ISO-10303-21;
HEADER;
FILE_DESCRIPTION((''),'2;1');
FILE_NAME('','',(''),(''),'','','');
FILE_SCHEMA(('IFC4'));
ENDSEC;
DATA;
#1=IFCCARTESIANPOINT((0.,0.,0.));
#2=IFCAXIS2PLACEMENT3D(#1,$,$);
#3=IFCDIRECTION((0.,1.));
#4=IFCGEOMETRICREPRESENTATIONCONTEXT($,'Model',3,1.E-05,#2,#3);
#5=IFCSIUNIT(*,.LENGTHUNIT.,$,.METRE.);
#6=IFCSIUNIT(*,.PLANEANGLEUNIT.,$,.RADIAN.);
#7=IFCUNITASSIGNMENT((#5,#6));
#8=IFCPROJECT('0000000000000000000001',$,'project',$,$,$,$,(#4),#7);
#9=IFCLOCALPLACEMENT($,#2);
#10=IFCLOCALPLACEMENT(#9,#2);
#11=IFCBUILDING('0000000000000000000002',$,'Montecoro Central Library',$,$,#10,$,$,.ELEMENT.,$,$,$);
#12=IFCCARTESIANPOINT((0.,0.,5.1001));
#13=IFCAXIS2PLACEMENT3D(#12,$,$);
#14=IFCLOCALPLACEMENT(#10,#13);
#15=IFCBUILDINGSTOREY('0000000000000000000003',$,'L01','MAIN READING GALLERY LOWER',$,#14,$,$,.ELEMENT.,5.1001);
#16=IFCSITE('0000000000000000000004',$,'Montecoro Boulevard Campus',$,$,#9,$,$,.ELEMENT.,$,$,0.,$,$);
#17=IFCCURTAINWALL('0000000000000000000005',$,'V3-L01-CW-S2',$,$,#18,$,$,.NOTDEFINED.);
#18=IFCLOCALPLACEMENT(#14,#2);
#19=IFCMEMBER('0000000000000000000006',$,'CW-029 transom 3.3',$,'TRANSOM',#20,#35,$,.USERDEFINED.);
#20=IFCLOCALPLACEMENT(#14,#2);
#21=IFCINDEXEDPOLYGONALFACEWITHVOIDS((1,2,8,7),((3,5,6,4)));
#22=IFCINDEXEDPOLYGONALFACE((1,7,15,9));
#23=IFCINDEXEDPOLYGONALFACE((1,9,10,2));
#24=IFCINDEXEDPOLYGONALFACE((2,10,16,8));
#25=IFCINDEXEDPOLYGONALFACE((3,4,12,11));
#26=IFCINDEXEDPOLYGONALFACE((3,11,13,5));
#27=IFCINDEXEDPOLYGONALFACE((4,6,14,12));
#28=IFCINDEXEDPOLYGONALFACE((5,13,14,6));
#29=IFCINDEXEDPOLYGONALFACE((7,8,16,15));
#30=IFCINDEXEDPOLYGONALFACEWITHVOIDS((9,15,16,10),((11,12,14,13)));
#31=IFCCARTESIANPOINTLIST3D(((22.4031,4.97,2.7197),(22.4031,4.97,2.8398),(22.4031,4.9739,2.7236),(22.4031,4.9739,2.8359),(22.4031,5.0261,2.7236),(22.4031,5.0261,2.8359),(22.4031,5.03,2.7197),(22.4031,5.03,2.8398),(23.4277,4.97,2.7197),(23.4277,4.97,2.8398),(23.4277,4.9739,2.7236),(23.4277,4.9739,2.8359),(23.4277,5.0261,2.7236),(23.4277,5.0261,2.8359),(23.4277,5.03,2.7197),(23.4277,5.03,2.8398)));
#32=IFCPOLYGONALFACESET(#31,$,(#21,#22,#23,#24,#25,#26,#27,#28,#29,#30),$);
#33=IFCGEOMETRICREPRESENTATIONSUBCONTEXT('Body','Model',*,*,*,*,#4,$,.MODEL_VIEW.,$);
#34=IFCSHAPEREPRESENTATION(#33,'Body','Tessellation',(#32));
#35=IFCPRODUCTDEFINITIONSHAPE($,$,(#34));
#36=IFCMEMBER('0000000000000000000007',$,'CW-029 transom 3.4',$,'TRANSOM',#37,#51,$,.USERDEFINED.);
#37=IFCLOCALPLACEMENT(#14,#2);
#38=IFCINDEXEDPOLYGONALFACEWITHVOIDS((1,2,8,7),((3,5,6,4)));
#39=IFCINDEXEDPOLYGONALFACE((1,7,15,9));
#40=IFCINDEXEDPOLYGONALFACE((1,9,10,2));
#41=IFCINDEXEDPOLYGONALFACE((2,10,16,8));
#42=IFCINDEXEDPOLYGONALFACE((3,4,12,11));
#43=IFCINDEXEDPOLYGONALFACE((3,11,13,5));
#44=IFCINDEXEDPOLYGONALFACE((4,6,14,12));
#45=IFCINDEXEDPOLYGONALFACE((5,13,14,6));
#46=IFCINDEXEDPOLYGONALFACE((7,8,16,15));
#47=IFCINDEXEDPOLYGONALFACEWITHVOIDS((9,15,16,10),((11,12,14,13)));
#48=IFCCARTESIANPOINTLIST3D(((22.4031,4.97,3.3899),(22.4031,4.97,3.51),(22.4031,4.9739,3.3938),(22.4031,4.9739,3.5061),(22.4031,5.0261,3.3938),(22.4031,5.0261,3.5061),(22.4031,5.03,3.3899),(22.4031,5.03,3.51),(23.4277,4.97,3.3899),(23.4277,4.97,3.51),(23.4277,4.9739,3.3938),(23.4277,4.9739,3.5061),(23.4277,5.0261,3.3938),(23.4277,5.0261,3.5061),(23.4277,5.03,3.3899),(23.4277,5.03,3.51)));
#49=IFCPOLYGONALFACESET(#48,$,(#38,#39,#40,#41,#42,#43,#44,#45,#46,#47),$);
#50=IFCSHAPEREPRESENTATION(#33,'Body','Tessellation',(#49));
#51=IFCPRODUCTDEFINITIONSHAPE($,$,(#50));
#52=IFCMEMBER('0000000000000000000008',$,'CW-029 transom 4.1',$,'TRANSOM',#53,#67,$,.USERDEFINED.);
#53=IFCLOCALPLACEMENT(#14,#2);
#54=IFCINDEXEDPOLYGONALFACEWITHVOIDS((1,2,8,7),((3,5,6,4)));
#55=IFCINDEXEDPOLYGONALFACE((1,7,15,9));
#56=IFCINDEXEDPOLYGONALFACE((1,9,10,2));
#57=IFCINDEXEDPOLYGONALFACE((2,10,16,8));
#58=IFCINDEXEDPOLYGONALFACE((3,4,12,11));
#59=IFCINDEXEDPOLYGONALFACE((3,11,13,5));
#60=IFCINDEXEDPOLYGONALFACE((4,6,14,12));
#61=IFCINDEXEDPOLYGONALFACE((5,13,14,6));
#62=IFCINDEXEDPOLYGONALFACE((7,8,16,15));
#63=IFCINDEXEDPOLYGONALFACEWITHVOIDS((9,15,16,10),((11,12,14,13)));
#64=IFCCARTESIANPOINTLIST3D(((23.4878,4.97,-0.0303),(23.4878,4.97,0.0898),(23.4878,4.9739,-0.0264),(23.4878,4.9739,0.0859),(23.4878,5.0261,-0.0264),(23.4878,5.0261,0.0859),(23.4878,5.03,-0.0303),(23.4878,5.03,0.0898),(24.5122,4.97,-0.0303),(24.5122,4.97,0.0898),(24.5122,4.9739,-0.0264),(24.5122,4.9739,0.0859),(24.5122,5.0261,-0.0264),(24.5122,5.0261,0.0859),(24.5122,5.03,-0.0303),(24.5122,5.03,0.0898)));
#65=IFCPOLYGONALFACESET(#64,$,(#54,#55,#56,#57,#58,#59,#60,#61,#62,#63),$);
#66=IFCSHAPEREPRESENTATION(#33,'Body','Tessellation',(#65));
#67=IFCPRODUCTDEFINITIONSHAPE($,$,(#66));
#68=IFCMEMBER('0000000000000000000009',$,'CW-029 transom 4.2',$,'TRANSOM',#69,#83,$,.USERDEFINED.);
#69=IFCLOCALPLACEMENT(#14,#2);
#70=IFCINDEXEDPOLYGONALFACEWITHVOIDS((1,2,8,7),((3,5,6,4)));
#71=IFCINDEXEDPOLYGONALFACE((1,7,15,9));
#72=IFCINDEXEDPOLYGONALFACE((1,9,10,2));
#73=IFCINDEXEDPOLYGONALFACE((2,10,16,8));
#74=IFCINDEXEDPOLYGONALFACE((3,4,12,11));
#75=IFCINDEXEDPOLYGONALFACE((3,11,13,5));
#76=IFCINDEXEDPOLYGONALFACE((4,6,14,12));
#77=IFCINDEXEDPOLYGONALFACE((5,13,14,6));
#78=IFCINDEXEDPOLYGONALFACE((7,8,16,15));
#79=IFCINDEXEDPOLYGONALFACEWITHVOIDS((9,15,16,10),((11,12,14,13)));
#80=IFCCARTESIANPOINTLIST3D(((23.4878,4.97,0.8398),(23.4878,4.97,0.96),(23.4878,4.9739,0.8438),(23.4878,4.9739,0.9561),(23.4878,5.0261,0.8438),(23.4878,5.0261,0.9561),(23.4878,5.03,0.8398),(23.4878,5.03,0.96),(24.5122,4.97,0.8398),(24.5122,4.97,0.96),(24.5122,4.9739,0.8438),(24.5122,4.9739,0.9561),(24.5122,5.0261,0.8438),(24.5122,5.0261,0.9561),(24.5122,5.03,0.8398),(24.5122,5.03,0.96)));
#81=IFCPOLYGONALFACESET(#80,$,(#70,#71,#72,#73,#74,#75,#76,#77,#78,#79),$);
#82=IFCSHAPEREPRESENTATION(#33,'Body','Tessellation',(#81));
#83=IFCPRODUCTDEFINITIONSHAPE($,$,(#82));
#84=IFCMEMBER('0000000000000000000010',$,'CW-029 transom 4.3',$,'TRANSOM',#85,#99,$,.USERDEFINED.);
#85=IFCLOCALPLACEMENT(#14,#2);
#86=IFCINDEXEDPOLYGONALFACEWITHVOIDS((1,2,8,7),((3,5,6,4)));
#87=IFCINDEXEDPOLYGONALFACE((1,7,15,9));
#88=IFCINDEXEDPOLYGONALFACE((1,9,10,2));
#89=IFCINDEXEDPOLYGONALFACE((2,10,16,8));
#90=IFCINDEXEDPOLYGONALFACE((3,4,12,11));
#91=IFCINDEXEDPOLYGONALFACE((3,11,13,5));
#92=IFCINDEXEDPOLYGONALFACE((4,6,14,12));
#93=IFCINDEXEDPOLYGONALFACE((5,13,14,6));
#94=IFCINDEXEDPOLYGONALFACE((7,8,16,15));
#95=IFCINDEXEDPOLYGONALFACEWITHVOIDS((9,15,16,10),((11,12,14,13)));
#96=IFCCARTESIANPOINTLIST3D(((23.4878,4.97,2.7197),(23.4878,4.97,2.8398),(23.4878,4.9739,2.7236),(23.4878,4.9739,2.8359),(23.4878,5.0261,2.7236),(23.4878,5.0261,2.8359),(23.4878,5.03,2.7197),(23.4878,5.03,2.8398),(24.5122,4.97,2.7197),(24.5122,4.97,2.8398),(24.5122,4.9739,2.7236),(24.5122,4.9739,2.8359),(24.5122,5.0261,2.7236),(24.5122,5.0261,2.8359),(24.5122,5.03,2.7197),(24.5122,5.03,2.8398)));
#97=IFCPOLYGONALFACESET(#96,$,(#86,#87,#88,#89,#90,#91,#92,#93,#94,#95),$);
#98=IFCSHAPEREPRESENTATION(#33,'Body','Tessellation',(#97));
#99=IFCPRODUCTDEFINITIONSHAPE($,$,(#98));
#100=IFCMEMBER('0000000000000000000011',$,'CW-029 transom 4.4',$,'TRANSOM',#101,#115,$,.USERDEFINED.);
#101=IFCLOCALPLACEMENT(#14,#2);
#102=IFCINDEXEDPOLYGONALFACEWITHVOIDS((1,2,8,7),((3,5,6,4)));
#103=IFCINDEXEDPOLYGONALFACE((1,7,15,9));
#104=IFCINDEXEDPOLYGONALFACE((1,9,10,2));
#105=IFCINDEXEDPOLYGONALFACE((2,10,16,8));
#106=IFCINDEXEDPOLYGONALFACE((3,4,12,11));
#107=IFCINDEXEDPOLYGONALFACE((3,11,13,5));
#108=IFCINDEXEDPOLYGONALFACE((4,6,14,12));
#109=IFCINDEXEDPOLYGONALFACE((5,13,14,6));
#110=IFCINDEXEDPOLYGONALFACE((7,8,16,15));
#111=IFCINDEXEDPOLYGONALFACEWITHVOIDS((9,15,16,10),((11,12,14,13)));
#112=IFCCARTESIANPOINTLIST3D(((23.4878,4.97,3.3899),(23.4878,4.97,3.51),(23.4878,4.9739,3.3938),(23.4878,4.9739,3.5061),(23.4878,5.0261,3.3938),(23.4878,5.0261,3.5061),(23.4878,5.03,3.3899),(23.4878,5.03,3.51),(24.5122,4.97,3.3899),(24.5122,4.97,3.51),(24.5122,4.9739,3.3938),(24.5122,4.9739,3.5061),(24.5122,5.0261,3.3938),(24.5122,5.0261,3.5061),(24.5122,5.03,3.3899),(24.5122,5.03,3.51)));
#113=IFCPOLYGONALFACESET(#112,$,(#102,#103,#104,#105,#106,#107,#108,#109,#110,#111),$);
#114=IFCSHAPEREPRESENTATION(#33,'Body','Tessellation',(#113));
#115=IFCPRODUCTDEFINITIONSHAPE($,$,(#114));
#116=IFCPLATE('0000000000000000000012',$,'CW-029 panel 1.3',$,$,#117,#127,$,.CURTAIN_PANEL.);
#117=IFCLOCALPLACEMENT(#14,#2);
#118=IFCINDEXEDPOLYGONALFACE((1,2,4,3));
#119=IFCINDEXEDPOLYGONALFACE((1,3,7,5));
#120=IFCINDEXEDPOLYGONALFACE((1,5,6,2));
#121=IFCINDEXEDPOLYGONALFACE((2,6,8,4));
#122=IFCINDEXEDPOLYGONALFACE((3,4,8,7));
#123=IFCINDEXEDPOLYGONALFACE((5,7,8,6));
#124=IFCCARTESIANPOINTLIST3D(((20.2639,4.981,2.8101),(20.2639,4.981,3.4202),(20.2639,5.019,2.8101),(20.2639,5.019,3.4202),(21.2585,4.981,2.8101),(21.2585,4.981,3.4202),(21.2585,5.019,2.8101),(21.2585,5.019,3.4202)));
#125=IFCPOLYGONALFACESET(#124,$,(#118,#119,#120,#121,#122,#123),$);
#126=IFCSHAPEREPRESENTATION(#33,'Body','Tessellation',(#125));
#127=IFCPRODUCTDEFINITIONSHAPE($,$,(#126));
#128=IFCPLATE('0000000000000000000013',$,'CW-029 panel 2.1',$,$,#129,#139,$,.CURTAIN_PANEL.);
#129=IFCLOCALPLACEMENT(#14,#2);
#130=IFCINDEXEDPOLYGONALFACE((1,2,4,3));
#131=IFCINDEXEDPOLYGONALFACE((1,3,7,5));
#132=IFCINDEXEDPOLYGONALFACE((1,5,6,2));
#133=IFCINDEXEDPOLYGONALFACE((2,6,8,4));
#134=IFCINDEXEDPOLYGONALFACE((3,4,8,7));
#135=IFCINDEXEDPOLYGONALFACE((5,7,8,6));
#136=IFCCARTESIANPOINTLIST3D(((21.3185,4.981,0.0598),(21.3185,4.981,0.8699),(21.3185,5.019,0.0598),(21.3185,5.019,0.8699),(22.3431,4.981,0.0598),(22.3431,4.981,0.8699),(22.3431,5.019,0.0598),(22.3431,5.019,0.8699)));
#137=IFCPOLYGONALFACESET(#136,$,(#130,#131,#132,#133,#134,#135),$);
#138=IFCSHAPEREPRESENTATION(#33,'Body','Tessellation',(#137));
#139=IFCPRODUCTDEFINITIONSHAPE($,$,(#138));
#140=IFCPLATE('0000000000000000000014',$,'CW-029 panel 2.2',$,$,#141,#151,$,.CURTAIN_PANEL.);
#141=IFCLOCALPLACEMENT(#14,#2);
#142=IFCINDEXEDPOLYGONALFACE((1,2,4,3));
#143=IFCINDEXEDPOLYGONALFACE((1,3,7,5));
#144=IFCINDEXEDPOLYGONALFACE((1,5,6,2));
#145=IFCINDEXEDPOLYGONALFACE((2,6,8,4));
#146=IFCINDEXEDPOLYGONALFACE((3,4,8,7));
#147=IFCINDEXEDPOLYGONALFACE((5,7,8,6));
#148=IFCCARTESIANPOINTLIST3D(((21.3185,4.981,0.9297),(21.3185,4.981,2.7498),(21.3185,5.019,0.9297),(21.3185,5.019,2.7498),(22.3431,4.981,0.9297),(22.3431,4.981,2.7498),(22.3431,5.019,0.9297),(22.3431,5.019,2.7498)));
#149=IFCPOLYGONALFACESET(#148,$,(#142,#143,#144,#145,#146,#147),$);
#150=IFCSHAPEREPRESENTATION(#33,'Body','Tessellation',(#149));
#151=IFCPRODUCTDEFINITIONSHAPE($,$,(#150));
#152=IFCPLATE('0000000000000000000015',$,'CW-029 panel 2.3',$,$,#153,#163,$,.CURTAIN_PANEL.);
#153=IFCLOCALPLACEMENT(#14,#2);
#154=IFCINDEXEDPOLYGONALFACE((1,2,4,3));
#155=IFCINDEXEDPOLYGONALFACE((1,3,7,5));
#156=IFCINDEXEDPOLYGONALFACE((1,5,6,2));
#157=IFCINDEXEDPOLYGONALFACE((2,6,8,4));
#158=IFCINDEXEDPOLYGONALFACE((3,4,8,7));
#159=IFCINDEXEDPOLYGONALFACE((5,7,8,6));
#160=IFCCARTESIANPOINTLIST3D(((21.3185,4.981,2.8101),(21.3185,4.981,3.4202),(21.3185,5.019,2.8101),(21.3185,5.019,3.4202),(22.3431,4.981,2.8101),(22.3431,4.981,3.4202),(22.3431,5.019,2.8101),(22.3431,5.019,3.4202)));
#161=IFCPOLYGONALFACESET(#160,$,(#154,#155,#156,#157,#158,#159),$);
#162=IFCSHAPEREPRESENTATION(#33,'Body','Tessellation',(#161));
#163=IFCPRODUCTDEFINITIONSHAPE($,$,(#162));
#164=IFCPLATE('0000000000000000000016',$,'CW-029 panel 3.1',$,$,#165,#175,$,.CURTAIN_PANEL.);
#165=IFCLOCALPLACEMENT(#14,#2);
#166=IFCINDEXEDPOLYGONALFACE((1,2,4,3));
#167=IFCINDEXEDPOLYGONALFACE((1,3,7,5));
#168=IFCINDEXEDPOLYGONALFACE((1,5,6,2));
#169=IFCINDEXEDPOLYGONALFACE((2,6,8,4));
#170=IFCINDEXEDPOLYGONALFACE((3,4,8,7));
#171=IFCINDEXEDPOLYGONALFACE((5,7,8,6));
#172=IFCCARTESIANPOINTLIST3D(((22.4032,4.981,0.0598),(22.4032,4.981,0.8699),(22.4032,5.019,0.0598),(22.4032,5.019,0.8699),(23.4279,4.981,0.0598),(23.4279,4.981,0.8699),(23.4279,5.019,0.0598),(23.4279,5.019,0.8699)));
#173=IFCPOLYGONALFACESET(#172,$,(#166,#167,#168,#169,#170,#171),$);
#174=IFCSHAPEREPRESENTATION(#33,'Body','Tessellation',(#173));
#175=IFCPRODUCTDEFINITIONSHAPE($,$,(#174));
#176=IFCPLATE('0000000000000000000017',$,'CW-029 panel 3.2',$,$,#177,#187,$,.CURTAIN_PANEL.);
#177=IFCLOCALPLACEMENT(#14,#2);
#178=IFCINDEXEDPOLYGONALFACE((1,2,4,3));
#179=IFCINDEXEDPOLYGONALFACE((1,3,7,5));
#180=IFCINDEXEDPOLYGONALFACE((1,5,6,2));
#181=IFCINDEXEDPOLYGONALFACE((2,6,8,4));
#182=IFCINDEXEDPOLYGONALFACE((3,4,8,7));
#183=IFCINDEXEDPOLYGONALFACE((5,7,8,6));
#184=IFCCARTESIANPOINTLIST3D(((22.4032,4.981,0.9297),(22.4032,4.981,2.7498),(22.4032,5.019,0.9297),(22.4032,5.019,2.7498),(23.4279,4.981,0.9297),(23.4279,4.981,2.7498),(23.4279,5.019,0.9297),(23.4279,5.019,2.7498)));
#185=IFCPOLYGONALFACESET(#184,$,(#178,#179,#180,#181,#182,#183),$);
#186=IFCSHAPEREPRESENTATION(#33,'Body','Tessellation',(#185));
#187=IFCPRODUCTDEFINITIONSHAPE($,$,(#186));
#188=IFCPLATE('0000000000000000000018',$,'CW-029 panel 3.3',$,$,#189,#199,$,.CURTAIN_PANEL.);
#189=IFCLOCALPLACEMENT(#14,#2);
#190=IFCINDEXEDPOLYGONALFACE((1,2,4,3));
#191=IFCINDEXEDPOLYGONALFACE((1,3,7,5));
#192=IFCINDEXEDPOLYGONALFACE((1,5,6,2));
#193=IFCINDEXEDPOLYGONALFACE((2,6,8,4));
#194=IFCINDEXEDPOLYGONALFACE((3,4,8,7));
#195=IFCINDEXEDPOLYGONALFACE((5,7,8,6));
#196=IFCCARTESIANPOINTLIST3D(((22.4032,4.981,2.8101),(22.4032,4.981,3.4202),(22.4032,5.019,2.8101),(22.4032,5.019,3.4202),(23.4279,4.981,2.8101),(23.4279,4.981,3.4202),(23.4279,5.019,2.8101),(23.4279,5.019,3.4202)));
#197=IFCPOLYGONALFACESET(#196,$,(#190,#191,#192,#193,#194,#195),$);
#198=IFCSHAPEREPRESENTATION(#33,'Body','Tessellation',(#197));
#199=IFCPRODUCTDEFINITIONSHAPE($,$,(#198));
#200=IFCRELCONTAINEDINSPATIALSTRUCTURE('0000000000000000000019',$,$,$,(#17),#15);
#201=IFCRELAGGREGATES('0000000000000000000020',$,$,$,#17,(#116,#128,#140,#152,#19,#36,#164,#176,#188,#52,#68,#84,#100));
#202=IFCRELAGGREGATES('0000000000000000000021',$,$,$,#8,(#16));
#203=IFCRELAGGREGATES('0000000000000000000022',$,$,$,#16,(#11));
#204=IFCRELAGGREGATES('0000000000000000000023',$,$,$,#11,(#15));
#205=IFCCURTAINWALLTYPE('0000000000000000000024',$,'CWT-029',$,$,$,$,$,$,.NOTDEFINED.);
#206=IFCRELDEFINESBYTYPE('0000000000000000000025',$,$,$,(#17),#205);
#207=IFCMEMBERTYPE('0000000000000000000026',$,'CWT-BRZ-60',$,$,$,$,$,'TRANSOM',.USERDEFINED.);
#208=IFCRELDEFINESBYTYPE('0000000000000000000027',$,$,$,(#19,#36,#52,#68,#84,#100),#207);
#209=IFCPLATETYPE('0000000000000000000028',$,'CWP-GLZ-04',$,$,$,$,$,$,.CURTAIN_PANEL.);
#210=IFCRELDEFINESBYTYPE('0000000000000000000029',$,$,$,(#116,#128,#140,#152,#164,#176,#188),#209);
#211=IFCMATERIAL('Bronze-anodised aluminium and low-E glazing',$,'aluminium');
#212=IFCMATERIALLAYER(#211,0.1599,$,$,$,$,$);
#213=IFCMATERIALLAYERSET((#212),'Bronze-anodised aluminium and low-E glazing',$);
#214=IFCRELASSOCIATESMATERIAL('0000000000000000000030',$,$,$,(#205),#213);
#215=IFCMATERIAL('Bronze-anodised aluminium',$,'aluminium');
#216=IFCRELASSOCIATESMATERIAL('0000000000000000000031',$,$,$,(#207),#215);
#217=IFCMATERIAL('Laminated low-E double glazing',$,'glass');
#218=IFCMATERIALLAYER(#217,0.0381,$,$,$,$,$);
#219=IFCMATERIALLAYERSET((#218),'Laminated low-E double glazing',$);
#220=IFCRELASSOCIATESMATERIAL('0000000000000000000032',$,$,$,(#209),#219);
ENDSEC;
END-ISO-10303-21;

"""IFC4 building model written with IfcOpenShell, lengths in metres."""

from ifc_helpers import new_model, si_unit, direction, frame, origin, origin_2d, place, context, subcontext, project, spatial, rectangle, hollow_rectangle, extrude, material, layer, layer_set, material_profile, profile_set, type_object, element, aggregate, save


model = new_model("IFC4")

# Units and contexts
model_context = context("Model", 3, precision=1e-05, world=origin(), true_north=direction((0.0, 1.0)))
body_context = subcontext(model_context, "Body", "Model", "MODEL_VIEW")
ifc_project = project(units=[si_unit("LENGTHUNIT", "METRE"), si_unit("PLANEANGLEUNIT", "RADIAN")], contexts=[model_context])

# Site, building, storey
site_placement = place(None, origin())
site = spatial("IfcSite", under=ifc_project, at=site_placement, Name="Montecoro Boulevard Campus", CompositionType="ELEMENT", RefElevation=0.0)
building_placement = place(site_placement, origin())
building = spatial("IfcBuilding", under=site, at=building_placement, Name="Montecoro Central Library", CompositionType="ELEMENT")
storey_placement = place(building_placement, frame((0.0, 0.0, 5.1001)))
storey = spatial("IfcBuildingStorey", under=building, at=storey_placement, Name="L01", Description="MAIN READING GALLERY LOWER", CompositionType="ELEMENT", Elevation=5.1001)

# Curtain wall, members, plates
ifc_material_1 = material(Name="Bronze-anodised aluminium and low-E glazing", Category="aluminium")
ifc_layer_1 = layer(ifc_material_1, 0.1599)
ifc_layer_set_1 = layer_set([ifc_layer_1], Name="Bronze-anodised aluminium and low-E glazing")
curtain_wall_type = type_object("IfcCurtainWallType", Name="CWT-029", PredefinedType="NOTDEFINED", material=ifc_layer_set_1)
curtain_wall_placement = place(storey_placement, origin())
curtain_wall = element("IfcCurtainWall", 1, at=curtain_wall_placement, inside=storey, type_object=curtain_wall_type, Name="V3-L01-CW-S2", PredefinedType="NOTDEFINED")
ifc_material_2 = material(Name="Bronze-anodised aluminium", Category="aluminium")
ifc_material_profile_1 = material_profile(ifc_material_2, hollow_rectangle(XDim=0.0601, YDim=0.1201, WallThickness=0.0039, at=origin_2d()), Name="CWT 120x60x4.0")
ifc_profile_set_1 = profile_set([ifc_material_profile_1], Name="Bronze-anodised aluminium")
member_type_1 = type_object("IfcMemberType", Name="CWT-BRZ-60", ElementType="TRANSOM", PredefinedType="USERDEFINED", material=ifc_profile_set_1)
member_1_placement = place(storey_placement, frame((22.4031, 5.0, 2.7798), z_axis=(1.0, 0.0, 0.0), x_axis=(0.0, 1.0, 0.0)))
member_1 = element("IfcMember", 2, at=member_1_placement, type_object=member_type_1, Name="CW-029 transom 3.3", ObjectType="TRANSOM", PredefinedType="USERDEFINED", context=body_context, shape_type="SweptSolid", body=[
    extrude(hollow_rectangle(XDim=0.0601, YDim=0.1201, WallThickness=0.0039, at=origin_2d()), origin(), (0.0, 0.0, 1.0), 1.0247),
])
member_2_placement = place(storey_placement, frame((22.4031, 5.0, 3.45), z_axis=(1.0, 0.0, 0.0), x_axis=(0.0, 1.0, 0.0)))
member_2 = element("IfcMember", 3, at=member_2_placement, type_object=member_type_1, Name="CW-029 transom 3.4", ObjectType="TRANSOM", PredefinedType="USERDEFINED", context=body_context, shape_type="SweptSolid", body=[
    extrude(hollow_rectangle(XDim=0.0601, YDim=0.1201, WallThickness=0.0039, at=origin_2d()), origin(), (0.0, 0.0, 1.0), 1.0247),
])
member_3_placement = place(storey_placement, frame((23.4878, 5.0, 0.0298), z_axis=(1.0, 0.0, 0.0), x_axis=(0.0, 1.0, 0.0)))
member_3 = element("IfcMember", 4, at=member_3_placement, type_object=member_type_1, Name="CW-029 transom 4.1", ObjectType="TRANSOM", PredefinedType="USERDEFINED", context=body_context, shape_type="SweptSolid", body=[
    extrude(hollow_rectangle(XDim=0.0601, YDim=0.1201, WallThickness=0.0039, at=origin_2d()), origin(), (0.0, 0.0, 1.0), 1.0244),
])
member_4_placement = place(storey_placement, frame((23.4878, 5.0, 0.8999), z_axis=(1.0, 0.0, 0.0), x_axis=(0.0, 1.0, 0.0)))
member_4 = element("IfcMember", 5, at=member_4_placement, type_object=member_type_1, Name="CW-029 transom 4.2", ObjectType="TRANSOM", PredefinedType="USERDEFINED", context=body_context, shape_type="SweptSolid", body=[
    extrude(hollow_rectangle(XDim=0.0601, YDim=0.1201, WallThickness=0.0039, at=origin_2d()), origin(), (0.0, 0.0, 1.0), 1.0244),
])
member_5_placement = place(storey_placement, frame((23.4878, 5.0, 2.7798), z_axis=(1.0, 0.0, 0.0), x_axis=(0.0, 1.0, 0.0)))
member_5 = element("IfcMember", 6, at=member_5_placement, type_object=member_type_1, Name="CW-029 transom 4.3", ObjectType="TRANSOM", PredefinedType="USERDEFINED", context=body_context, shape_type="SweptSolid", body=[
    extrude(hollow_rectangle(XDim=0.0601, YDim=0.1201, WallThickness=0.0039, at=origin_2d()), origin(), (0.0, 0.0, 1.0), 1.0244),
])
member_6_placement = place(storey_placement, frame((23.4878, 5.0, 3.45), z_axis=(1.0, 0.0, 0.0), x_axis=(0.0, 1.0, 0.0)))
member_6 = element("IfcMember", 7, at=member_6_placement, type_object=member_type_1, Name="CW-029 transom 4.4", ObjectType="TRANSOM", PredefinedType="USERDEFINED", context=body_context, shape_type="SweptSolid", body=[
    extrude(hollow_rectangle(XDim=0.0601, YDim=0.1201, WallThickness=0.0039, at=origin_2d()), origin(), (0.0, 0.0, 1.0), 1.0244),
])
ifc_material_3 = material(Name="Laminated low-E double glazing", Category="glass")
ifc_layer_2 = layer(ifc_material_3, 0.0381)
ifc_layer_set_2 = layer_set([ifc_layer_2], Name="Laminated low-E double glazing")
plate_type = type_object("IfcPlateType", Name="CWP-GLZ-04", PredefinedType="CURTAIN_PANEL", material=ifc_layer_set_2)
plate_1_placement = place(storey_placement, frame((20.7612, 5.0, 2.8101), z_axis=(0.0, 0.0, 1.0), x_axis=(1.0, 0.0, 0.0)))
plate_1 = element("IfcPlate", 8, at=plate_1_placement, type_object=plate_type, Name="CW-029 panel 1.3", PredefinedType="CURTAIN_PANEL", context=body_context, shape_type="SweptSolid", body=[
    extrude(rectangle(XDim=0.9946, YDim=0.0381, at=origin_2d()), origin(), (0.0, 0.0, 1.0), 0.6101),
])
plate_2_placement = place(storey_placement, frame((21.8308, 5.0, 0.0598), z_axis=(0.0, 0.0, 1.0), x_axis=(1.0, 0.0, 0.0)))
plate_2 = element("IfcPlate", 9, at=plate_2_placement, type_object=plate_type, Name="CW-029 panel 2.1", PredefinedType="CURTAIN_PANEL", context=body_context, shape_type="SweptSolid", body=[
    extrude(rectangle(XDim=1.0247, YDim=0.0381, at=origin_2d()), origin(), (0.0, 0.0, 1.0), 0.8101),
])
plate_3_placement = place(storey_placement, frame((21.8308, 5.0, 0.9297), z_axis=(0.0, 0.0, 1.0), x_axis=(1.0, 0.0, 0.0)))
plate_3 = element("IfcPlate", 10, at=plate_3_placement, type_object=plate_type, Name="CW-029 panel 2.2", PredefinedType="CURTAIN_PANEL", context=body_context, shape_type="SweptSolid", body=[
    extrude(rectangle(XDim=1.0247, YDim=0.0381, at=origin_2d()), origin(), (0.0, 0.0, 1.0), 1.8201),
])
plate_4_placement = place(storey_placement, frame((21.8308, 5.0, 2.8101), z_axis=(0.0, 0.0, 1.0), x_axis=(1.0, 0.0, 0.0)))
plate_4 = element("IfcPlate", 11, at=plate_4_placement, type_object=plate_type, Name="CW-029 panel 2.3", PredefinedType="CURTAIN_PANEL", context=body_context, shape_type="SweptSolid", body=[
    extrude(rectangle(XDim=1.0247, YDim=0.0381, at=origin_2d()), origin(), (0.0, 0.0, 1.0), 0.6101),
])
plate_5_placement = place(storey_placement, frame((22.9155, 5.0, 0.0598), z_axis=(0.0, 0.0, 1.0), x_axis=(1.0, 0.0, 0.0)))
plate_5 = element("IfcPlate", 12, at=plate_5_placement, type_object=plate_type, Name="CW-029 panel 3.1", PredefinedType="CURTAIN_PANEL", context=body_context, shape_type="SweptSolid", body=[
    extrude(rectangle(XDim=1.0247, YDim=0.0381, at=origin_2d()), origin(), (0.0, 0.0, 1.0), 0.8101),
])
plate_6_placement = place(storey_placement, frame((22.9155, 5.0, 0.9297), z_axis=(0.0, 0.0, 1.0), x_axis=(1.0, 0.0, 0.0)))
plate_6 = element("IfcPlate", 13, at=plate_6_placement, type_object=plate_type, Name="CW-029 panel 3.2", PredefinedType="CURTAIN_PANEL", context=body_context, shape_type="SweptSolid", body=[
    extrude(rectangle(XDim=1.0247, YDim=0.0381, at=origin_2d()), origin(), (0.0, 0.0, 1.0), 1.8201),
])
plate_7_placement = place(storey_placement, frame((22.9155, 5.0, 2.8101), z_axis=(0.0, 0.0, 1.0), x_axis=(1.0, 0.0, 0.0)))
plate_7 = element("IfcPlate", 14, at=plate_7_placement, type_object=plate_type, Name="CW-029 panel 3.3", PredefinedType="CURTAIN_PANEL", context=body_context, shape_type="SweptSolid", body=[
    extrude(rectangle(XDim=1.0247, YDim=0.0381, at=origin_2d()), origin(), (0.0, 0.0, 1.0), 0.6101),
])
aggregate(curtain_wall, [plate_1, plate_2, plate_3, plate_4, member_1, member_2, plate_5, plate_6, plate_7, member_3, member_4, member_5, member_6])

save(model, "model.ifc")
